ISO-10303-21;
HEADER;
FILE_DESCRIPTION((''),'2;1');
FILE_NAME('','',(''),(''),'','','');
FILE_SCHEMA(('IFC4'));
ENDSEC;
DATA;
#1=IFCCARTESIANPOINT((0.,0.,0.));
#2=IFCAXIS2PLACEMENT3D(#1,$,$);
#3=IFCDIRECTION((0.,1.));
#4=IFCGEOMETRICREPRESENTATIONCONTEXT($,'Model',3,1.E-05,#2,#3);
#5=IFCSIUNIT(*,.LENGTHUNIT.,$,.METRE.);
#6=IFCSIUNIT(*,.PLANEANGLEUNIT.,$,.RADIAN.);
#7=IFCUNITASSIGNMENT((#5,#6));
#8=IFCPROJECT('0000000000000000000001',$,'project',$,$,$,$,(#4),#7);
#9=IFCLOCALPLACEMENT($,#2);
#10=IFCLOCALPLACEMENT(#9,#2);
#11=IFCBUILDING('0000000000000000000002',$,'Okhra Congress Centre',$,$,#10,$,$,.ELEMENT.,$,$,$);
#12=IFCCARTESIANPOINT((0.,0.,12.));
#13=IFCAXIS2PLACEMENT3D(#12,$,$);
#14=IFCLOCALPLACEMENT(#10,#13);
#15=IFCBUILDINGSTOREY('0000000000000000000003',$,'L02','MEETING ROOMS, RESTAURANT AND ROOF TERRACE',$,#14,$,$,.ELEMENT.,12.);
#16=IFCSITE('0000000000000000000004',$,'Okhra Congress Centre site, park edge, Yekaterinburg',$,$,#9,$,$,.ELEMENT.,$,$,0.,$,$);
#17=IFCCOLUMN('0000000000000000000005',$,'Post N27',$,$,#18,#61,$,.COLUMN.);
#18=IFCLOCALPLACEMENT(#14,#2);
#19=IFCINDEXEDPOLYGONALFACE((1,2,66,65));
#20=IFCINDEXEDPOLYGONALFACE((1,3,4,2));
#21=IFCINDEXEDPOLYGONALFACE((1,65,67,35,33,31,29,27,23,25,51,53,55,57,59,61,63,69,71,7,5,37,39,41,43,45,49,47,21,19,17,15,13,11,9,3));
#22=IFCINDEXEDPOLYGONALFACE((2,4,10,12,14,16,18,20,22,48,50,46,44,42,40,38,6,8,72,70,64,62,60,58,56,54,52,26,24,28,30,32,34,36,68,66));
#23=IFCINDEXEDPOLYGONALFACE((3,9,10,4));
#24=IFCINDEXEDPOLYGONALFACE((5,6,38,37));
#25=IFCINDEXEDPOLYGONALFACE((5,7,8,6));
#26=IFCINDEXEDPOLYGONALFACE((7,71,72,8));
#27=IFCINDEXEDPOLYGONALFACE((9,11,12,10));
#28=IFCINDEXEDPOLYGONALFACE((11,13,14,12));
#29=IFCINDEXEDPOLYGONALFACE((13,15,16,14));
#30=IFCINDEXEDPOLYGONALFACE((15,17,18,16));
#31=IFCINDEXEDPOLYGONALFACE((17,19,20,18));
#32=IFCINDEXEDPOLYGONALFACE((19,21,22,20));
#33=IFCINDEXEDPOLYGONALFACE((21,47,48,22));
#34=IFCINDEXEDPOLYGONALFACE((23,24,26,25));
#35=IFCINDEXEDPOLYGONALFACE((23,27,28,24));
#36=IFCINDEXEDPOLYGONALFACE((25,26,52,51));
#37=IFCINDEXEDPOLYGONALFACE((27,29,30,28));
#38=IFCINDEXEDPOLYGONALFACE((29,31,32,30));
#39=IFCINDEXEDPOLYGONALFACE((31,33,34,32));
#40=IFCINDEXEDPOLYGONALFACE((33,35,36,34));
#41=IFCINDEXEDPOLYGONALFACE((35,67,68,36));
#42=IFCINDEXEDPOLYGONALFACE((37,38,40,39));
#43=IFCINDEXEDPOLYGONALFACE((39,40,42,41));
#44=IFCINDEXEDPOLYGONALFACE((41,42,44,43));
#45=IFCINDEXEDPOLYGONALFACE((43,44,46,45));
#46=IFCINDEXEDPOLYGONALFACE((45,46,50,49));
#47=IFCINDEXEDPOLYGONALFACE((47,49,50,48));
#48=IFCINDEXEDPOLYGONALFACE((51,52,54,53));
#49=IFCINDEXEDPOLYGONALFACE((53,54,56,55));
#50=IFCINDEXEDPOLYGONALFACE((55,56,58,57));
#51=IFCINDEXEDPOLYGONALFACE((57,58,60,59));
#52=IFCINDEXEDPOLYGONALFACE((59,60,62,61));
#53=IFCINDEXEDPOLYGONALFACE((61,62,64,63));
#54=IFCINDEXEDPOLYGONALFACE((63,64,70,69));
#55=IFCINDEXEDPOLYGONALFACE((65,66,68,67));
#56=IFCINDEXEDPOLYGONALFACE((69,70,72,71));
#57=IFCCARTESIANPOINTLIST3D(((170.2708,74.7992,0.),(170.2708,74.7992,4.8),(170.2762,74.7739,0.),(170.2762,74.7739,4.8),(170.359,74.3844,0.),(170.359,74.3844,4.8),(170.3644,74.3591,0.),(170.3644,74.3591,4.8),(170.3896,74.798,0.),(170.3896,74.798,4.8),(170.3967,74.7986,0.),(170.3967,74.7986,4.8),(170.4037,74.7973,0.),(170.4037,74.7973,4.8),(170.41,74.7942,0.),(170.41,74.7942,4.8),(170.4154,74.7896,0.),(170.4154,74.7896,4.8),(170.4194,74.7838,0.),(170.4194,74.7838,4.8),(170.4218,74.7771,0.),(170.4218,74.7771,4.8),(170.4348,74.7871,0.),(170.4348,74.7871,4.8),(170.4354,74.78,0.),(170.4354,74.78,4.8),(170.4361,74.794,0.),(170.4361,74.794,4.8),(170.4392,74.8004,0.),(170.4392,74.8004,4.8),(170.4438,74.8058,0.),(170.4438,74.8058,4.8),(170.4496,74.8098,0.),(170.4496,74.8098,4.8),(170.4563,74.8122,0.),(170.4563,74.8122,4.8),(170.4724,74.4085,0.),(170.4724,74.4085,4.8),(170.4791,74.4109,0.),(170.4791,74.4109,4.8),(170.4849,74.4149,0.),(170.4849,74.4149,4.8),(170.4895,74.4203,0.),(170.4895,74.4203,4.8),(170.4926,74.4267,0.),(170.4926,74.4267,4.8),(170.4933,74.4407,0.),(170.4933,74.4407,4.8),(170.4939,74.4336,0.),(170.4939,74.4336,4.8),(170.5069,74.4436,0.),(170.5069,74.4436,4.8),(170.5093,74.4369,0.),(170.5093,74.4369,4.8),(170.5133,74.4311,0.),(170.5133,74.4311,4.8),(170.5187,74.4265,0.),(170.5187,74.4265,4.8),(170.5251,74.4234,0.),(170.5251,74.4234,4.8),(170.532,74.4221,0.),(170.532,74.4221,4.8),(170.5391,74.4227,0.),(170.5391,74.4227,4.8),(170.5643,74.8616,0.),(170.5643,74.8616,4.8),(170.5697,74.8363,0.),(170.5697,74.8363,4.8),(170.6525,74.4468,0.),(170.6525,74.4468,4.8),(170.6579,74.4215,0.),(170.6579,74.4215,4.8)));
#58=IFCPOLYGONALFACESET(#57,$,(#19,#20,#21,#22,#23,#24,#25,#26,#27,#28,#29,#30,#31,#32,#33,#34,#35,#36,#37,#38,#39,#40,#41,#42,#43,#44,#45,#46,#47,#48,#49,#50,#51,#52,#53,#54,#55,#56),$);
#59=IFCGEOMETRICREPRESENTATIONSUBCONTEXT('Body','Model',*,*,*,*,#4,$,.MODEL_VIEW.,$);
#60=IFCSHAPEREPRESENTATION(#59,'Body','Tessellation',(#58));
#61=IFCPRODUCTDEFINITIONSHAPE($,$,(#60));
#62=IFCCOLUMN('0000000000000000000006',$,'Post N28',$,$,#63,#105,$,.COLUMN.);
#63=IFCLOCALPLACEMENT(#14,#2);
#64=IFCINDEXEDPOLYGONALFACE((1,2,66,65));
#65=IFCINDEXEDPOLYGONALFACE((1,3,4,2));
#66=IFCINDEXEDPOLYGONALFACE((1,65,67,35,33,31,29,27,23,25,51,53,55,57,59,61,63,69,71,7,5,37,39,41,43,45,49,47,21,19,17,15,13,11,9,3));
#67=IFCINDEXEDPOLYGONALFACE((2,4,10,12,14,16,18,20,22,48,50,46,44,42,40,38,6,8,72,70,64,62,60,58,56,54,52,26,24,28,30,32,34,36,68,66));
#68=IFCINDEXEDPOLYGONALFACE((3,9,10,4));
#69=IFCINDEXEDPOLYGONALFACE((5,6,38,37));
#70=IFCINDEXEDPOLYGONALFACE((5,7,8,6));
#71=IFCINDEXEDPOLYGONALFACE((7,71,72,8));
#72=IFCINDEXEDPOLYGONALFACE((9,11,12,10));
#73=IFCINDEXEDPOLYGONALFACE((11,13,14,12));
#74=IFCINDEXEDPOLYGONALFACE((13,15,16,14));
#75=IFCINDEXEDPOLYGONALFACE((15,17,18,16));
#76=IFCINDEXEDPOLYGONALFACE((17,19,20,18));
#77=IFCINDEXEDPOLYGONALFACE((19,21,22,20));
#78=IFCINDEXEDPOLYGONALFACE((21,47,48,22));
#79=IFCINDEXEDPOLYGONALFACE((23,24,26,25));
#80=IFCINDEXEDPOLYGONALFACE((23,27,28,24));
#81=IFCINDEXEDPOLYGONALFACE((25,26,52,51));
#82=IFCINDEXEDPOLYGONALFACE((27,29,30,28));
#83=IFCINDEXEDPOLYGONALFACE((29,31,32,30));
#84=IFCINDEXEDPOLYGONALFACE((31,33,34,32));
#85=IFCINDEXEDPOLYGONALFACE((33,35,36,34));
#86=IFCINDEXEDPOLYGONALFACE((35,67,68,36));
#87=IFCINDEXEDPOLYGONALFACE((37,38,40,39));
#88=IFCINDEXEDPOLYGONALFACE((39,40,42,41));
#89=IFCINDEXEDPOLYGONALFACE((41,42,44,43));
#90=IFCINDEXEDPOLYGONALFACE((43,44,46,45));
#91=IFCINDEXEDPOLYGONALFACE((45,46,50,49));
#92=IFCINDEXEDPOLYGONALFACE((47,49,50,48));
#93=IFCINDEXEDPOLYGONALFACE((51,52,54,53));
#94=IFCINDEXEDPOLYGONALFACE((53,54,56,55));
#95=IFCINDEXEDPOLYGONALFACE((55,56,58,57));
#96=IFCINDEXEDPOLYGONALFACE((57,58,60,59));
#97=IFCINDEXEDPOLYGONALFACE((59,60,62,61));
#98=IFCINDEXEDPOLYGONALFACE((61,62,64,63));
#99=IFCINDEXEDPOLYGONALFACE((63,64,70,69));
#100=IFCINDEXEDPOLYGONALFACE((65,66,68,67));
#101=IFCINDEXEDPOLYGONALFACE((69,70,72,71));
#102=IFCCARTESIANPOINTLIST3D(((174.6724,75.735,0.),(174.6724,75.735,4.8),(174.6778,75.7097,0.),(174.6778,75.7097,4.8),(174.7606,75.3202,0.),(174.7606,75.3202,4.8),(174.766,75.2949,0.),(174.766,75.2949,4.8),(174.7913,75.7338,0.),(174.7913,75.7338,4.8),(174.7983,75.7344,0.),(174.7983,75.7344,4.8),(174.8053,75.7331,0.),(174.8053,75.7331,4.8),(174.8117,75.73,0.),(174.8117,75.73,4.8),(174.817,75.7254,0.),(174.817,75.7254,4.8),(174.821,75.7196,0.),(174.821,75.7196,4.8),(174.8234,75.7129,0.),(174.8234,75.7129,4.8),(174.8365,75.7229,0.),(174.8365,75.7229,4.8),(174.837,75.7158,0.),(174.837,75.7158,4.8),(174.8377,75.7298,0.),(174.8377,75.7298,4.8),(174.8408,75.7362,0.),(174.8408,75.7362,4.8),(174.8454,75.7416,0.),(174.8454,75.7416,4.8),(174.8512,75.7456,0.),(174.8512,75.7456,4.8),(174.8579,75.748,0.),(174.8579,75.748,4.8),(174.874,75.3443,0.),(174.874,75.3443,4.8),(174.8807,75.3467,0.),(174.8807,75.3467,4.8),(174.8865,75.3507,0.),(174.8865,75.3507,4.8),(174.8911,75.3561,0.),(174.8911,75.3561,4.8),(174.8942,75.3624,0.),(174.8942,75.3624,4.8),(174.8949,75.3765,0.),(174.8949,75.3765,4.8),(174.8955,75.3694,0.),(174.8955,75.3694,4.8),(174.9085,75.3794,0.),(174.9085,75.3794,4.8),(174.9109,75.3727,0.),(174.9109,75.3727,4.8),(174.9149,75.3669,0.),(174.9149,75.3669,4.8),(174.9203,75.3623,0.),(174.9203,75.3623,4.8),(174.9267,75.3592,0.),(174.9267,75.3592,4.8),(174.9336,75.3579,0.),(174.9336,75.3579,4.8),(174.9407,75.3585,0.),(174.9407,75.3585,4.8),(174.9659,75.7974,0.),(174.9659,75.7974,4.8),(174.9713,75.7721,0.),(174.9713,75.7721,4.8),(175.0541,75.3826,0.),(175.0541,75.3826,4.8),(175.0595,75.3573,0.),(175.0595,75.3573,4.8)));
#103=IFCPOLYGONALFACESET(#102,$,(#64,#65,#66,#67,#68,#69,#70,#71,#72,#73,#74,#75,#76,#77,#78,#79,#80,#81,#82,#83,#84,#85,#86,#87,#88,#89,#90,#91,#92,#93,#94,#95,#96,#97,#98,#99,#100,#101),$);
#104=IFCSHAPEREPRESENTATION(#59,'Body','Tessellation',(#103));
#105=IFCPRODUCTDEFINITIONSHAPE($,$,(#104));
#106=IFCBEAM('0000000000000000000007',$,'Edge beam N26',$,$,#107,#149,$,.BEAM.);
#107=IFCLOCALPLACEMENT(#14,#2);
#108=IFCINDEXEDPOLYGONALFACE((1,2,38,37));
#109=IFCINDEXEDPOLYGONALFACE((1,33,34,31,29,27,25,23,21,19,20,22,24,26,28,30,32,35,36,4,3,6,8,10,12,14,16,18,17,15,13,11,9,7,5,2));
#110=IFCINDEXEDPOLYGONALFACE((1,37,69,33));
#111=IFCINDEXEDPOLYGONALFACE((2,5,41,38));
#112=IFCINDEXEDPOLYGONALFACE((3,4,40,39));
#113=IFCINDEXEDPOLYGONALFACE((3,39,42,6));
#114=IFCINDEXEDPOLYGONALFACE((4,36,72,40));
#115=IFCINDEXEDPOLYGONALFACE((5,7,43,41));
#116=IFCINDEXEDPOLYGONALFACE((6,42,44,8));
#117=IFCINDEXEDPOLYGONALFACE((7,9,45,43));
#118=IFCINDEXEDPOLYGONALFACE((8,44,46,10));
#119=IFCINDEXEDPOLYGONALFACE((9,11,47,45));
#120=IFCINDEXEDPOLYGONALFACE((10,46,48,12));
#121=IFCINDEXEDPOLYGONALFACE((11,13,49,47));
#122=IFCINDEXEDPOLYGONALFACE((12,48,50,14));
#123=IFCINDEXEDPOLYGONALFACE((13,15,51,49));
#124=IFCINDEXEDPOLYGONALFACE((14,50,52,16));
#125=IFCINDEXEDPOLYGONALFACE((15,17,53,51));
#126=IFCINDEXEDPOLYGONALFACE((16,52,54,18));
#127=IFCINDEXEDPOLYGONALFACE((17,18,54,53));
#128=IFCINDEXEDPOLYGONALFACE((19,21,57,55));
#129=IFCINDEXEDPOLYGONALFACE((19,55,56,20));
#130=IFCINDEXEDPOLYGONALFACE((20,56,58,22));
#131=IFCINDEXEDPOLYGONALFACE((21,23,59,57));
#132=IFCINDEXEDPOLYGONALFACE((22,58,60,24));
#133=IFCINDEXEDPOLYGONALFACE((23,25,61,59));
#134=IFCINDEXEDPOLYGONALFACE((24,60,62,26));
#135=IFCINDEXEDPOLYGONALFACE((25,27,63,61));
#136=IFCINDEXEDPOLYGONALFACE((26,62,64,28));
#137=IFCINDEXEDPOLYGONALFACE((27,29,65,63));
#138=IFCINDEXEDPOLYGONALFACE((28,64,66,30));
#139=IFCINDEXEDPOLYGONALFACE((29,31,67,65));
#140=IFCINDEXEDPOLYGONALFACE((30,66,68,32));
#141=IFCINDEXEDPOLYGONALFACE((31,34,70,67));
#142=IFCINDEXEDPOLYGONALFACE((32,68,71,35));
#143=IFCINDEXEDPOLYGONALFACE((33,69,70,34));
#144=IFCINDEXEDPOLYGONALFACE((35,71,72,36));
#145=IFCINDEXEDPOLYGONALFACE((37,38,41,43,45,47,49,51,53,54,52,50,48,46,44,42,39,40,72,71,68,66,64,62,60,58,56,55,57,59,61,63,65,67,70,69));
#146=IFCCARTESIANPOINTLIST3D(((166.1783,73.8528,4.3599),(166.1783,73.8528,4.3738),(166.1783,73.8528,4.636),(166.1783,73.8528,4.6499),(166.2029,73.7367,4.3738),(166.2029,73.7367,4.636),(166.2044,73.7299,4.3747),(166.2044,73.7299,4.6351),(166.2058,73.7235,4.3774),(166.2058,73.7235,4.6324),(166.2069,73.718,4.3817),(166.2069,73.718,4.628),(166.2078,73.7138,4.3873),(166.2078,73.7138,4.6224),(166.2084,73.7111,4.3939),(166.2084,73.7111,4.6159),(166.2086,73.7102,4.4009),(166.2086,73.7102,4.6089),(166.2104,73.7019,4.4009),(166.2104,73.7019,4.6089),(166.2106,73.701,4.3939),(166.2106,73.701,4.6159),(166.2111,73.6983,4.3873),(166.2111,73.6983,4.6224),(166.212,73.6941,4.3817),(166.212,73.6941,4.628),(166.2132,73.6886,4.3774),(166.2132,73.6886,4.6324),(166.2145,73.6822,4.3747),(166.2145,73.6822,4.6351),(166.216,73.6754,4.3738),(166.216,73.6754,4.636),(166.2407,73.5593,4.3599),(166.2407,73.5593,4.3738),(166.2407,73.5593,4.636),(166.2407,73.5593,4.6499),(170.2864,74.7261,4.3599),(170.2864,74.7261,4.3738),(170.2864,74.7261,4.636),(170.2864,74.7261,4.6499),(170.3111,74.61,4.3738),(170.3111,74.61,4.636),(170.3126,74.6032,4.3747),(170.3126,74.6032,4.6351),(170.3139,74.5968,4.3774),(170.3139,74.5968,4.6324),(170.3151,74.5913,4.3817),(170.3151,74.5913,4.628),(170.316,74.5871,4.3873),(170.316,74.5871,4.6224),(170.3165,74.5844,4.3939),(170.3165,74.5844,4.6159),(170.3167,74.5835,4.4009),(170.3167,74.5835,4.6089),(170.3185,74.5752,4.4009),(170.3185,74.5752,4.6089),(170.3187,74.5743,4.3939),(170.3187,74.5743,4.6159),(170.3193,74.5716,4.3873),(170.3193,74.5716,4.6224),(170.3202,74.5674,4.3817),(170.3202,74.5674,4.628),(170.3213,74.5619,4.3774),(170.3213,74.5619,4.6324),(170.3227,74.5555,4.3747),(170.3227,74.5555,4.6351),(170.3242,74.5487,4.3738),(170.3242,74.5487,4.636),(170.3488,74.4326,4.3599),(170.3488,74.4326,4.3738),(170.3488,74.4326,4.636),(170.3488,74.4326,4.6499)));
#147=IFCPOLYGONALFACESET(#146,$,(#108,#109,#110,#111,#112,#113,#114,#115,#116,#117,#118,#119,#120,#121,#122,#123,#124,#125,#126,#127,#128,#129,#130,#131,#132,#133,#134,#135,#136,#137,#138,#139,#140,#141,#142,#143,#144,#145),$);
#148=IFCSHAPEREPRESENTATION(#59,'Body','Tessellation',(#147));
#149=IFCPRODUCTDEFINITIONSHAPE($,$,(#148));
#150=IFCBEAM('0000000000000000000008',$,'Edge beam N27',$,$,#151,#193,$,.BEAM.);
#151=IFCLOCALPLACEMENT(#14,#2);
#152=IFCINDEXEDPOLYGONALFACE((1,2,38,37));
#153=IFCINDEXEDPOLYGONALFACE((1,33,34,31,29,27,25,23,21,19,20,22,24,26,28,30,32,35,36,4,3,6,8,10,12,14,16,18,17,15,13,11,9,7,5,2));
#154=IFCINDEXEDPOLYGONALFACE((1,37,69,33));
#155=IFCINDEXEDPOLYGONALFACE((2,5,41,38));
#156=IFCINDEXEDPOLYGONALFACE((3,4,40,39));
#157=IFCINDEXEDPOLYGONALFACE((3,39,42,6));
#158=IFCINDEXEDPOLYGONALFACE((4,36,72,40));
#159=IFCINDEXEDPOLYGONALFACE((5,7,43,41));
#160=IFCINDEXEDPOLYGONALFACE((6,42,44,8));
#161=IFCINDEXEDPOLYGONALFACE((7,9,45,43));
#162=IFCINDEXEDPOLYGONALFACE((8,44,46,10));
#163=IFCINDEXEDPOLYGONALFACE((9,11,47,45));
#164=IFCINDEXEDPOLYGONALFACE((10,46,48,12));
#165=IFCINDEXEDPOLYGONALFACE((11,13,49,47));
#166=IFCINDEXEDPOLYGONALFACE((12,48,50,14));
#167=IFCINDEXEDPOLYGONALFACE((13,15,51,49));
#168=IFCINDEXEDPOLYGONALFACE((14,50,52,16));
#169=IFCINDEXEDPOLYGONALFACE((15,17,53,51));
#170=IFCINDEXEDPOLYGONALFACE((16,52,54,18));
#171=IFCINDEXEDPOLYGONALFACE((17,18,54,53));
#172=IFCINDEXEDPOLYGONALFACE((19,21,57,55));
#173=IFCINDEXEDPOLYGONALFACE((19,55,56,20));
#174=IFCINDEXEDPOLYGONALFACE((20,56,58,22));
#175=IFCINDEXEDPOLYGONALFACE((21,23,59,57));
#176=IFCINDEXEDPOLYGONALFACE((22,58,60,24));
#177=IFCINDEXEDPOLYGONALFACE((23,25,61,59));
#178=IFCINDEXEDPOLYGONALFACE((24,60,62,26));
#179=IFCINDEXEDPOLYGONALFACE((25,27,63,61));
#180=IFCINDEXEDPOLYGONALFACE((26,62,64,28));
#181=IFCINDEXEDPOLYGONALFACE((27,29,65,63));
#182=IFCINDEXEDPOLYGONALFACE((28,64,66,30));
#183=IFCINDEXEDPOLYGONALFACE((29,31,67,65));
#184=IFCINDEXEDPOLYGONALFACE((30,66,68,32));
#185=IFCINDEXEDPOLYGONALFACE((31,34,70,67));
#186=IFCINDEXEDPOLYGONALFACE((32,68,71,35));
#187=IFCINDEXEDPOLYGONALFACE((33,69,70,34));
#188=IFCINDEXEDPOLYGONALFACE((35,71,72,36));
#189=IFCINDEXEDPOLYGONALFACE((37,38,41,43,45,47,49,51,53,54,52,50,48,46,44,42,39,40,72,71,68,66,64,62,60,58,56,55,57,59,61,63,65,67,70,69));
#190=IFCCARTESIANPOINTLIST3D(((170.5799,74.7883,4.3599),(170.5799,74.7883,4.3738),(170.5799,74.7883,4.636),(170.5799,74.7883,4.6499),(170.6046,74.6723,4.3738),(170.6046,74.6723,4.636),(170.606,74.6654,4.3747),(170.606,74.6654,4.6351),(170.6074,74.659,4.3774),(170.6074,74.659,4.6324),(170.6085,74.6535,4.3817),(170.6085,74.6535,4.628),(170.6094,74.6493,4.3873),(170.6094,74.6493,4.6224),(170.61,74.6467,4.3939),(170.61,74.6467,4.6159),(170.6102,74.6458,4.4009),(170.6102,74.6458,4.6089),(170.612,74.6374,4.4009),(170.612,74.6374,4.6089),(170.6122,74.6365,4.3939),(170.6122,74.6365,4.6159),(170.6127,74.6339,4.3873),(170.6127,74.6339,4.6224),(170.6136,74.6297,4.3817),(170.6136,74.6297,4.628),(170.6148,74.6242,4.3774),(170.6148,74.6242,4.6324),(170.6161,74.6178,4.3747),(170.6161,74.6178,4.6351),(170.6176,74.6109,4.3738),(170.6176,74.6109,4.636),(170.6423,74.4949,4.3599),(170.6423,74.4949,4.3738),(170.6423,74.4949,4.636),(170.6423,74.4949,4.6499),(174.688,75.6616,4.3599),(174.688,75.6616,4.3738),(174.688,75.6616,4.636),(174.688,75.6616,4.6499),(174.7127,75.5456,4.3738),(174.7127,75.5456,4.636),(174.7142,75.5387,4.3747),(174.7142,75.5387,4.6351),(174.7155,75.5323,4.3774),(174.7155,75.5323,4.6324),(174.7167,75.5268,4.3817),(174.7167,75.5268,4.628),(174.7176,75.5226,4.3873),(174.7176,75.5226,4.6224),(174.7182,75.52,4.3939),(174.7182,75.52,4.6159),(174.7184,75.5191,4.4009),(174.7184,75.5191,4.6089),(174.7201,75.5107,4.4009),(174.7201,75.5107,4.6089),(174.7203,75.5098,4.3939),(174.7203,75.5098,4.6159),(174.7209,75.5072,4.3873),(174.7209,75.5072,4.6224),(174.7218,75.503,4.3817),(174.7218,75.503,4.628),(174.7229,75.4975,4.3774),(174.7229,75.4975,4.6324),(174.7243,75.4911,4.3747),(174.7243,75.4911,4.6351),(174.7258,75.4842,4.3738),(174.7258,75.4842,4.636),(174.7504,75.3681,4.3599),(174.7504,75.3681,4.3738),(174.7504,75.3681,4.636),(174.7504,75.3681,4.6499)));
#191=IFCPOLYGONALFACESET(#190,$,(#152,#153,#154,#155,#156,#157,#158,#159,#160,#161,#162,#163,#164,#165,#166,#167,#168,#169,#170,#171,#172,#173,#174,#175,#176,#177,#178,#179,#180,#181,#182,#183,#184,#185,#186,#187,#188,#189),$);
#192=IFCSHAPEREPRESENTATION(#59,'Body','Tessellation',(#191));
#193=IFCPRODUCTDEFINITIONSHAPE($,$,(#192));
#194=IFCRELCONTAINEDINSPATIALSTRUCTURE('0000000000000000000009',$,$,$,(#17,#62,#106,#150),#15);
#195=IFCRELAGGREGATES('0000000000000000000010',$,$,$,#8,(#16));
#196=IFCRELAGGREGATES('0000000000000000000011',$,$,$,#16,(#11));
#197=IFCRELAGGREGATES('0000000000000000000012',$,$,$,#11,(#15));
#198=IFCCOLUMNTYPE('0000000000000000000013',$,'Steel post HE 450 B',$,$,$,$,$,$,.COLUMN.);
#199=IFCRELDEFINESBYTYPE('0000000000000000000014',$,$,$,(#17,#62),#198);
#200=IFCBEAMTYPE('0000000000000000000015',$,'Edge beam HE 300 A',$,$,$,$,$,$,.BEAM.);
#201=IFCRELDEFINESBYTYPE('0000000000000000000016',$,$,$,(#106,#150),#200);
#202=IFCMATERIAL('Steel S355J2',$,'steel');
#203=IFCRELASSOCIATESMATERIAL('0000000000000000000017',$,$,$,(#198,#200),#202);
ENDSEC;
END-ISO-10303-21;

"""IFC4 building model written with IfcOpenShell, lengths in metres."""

from ifc_helpers import new_model, si_unit, direction, frame, origin, origin_2d, place, context, subcontext, project, spatial, i_section, extrude, material, material_profile, profile_set, type_object, element, save


model = new_model("IFC4")

# Units and contexts
model_context = context("Model", 3, precision=1e-05, world=origin(), true_north=direction((0.0, 1.0)))
body_context = subcontext(model_context, "Body", "Model", "MODEL_VIEW")
ifc_project = project(units=[si_unit("LENGTHUNIT", "METRE"), si_unit("PLANEANGLEUNIT", "RADIAN")], contexts=[model_context])

# Site, building, storey
site_placement = place(None, origin())
site = spatial("IfcSite", under=ifc_project, at=site_placement, Name="Okhra Congress Centre site, park edge, Yekaterinburg", CompositionType="ELEMENT", RefElevation=0.0)
building_placement = place(site_placement, origin())
building = spatial("IfcBuilding", under=site, at=building_placement, Name="Okhra Congress Centre", CompositionType="ELEMENT")
storey_placement = place(building_placement, frame((0.0, 0.0, 12.0)))
storey = spatial("IfcBuildingStorey", under=building, at=storey_placement, Name="L02", Description="MEETING ROOMS, RESTAURANT AND ROOF TERRACE", CompositionType="ELEMENT", Elevation=12.0)

# Columns
ifc_material_1 = material(Name="Steel S355J2", Category="steel")
ifc_material_profile_1 = material_profile(ifc_material_1, i_section(OverallWidth=0.3, OverallDepth=0.45, WebThickness=0.0139, FlangeThickness=0.0259, FilletRadius=0.0271, at=origin_2d()), Name="HE 450 B")
ifc_profile_set_1 = profile_set([ifc_material_profile_1], Name="Steel S355J2")
column_type = type_object("IfcColumnType", Name="Steel post HE 450 B", PredefinedType="COLUMN", material=ifc_profile_set_1)
for number, where, z_axis, x_axis, name in (
    (1, (170.4644, 74.6104, 0.0), (0.0, 0.0, 1.0), (0.978148, 0.207912, 0.0), "Post N27"),
    (2, (174.866, 75.5461, 0.0), (0.0, 0.0, 1.0), (0.978148, 0.207912, 0.0), "Post N28"),
):
    element("IfcColumn", number, at=place(storey_placement, frame(where, z_axis=z_axis, x_axis=x_axis)), inside=storey, type_object=column_type, Name=name, PredefinedType="COLUMN", context=body_context, shape_type="SweptSolid", body=[
        extrude(i_section(OverallWidth=0.3, OverallDepth=0.45, WebThickness=0.0139, FlangeThickness=0.0259, FilletRadius=0.0271, at=origin_2d()), origin(), (0.0, 0.0, 1.0), 4.8),
    ])

# Beams
ifc_material_profile_2 = material_profile(ifc_material_1, i_section(OverallWidth=0.3, OverallDepth=0.29, WebThickness=0.0085, FlangeThickness=0.0139, FilletRadius=0.0271, at=origin_2d()), Name="HE 300 A")
ifc_profile_set_2 = profile_set([ifc_material_profile_2], Name="Steel S355J2")
beam_type = type_object("IfcBeamType", Name="Edge beam HE 300 A", PredefinedType="BEAM", material=ifc_profile_set_2)
for number, where, z_axis, x_axis, name in (
    (3, (166.2095, 73.7061, 4.5049), (0.978144, 0.207929, 0.0), (-0.207929, 0.978144, 0.0), "Edge beam N26"),
    (4, (170.6111, 74.6416, 4.5049), (0.978144, 0.207929, 0.0), (-0.207929, 0.978144, 0.0), "Edge beam N27"),
):
    element("IfcBeam", number, at=place(storey_placement, frame(where, z_axis=z_axis, x_axis=x_axis)), inside=storey, type_object=beam_type, Name=name, PredefinedType="BEAM", context=body_context, shape_type="SweptSolid", body=[
        extrude(i_section(OverallWidth=0.3, OverallDepth=0.29, WebThickness=0.0085, FlangeThickness=0.0139, FilletRadius=0.0271, at=origin_2d()), origin(), (0.0, 0.0, 1.0), 4.2),
    ])

save(model, "model.ifc")
